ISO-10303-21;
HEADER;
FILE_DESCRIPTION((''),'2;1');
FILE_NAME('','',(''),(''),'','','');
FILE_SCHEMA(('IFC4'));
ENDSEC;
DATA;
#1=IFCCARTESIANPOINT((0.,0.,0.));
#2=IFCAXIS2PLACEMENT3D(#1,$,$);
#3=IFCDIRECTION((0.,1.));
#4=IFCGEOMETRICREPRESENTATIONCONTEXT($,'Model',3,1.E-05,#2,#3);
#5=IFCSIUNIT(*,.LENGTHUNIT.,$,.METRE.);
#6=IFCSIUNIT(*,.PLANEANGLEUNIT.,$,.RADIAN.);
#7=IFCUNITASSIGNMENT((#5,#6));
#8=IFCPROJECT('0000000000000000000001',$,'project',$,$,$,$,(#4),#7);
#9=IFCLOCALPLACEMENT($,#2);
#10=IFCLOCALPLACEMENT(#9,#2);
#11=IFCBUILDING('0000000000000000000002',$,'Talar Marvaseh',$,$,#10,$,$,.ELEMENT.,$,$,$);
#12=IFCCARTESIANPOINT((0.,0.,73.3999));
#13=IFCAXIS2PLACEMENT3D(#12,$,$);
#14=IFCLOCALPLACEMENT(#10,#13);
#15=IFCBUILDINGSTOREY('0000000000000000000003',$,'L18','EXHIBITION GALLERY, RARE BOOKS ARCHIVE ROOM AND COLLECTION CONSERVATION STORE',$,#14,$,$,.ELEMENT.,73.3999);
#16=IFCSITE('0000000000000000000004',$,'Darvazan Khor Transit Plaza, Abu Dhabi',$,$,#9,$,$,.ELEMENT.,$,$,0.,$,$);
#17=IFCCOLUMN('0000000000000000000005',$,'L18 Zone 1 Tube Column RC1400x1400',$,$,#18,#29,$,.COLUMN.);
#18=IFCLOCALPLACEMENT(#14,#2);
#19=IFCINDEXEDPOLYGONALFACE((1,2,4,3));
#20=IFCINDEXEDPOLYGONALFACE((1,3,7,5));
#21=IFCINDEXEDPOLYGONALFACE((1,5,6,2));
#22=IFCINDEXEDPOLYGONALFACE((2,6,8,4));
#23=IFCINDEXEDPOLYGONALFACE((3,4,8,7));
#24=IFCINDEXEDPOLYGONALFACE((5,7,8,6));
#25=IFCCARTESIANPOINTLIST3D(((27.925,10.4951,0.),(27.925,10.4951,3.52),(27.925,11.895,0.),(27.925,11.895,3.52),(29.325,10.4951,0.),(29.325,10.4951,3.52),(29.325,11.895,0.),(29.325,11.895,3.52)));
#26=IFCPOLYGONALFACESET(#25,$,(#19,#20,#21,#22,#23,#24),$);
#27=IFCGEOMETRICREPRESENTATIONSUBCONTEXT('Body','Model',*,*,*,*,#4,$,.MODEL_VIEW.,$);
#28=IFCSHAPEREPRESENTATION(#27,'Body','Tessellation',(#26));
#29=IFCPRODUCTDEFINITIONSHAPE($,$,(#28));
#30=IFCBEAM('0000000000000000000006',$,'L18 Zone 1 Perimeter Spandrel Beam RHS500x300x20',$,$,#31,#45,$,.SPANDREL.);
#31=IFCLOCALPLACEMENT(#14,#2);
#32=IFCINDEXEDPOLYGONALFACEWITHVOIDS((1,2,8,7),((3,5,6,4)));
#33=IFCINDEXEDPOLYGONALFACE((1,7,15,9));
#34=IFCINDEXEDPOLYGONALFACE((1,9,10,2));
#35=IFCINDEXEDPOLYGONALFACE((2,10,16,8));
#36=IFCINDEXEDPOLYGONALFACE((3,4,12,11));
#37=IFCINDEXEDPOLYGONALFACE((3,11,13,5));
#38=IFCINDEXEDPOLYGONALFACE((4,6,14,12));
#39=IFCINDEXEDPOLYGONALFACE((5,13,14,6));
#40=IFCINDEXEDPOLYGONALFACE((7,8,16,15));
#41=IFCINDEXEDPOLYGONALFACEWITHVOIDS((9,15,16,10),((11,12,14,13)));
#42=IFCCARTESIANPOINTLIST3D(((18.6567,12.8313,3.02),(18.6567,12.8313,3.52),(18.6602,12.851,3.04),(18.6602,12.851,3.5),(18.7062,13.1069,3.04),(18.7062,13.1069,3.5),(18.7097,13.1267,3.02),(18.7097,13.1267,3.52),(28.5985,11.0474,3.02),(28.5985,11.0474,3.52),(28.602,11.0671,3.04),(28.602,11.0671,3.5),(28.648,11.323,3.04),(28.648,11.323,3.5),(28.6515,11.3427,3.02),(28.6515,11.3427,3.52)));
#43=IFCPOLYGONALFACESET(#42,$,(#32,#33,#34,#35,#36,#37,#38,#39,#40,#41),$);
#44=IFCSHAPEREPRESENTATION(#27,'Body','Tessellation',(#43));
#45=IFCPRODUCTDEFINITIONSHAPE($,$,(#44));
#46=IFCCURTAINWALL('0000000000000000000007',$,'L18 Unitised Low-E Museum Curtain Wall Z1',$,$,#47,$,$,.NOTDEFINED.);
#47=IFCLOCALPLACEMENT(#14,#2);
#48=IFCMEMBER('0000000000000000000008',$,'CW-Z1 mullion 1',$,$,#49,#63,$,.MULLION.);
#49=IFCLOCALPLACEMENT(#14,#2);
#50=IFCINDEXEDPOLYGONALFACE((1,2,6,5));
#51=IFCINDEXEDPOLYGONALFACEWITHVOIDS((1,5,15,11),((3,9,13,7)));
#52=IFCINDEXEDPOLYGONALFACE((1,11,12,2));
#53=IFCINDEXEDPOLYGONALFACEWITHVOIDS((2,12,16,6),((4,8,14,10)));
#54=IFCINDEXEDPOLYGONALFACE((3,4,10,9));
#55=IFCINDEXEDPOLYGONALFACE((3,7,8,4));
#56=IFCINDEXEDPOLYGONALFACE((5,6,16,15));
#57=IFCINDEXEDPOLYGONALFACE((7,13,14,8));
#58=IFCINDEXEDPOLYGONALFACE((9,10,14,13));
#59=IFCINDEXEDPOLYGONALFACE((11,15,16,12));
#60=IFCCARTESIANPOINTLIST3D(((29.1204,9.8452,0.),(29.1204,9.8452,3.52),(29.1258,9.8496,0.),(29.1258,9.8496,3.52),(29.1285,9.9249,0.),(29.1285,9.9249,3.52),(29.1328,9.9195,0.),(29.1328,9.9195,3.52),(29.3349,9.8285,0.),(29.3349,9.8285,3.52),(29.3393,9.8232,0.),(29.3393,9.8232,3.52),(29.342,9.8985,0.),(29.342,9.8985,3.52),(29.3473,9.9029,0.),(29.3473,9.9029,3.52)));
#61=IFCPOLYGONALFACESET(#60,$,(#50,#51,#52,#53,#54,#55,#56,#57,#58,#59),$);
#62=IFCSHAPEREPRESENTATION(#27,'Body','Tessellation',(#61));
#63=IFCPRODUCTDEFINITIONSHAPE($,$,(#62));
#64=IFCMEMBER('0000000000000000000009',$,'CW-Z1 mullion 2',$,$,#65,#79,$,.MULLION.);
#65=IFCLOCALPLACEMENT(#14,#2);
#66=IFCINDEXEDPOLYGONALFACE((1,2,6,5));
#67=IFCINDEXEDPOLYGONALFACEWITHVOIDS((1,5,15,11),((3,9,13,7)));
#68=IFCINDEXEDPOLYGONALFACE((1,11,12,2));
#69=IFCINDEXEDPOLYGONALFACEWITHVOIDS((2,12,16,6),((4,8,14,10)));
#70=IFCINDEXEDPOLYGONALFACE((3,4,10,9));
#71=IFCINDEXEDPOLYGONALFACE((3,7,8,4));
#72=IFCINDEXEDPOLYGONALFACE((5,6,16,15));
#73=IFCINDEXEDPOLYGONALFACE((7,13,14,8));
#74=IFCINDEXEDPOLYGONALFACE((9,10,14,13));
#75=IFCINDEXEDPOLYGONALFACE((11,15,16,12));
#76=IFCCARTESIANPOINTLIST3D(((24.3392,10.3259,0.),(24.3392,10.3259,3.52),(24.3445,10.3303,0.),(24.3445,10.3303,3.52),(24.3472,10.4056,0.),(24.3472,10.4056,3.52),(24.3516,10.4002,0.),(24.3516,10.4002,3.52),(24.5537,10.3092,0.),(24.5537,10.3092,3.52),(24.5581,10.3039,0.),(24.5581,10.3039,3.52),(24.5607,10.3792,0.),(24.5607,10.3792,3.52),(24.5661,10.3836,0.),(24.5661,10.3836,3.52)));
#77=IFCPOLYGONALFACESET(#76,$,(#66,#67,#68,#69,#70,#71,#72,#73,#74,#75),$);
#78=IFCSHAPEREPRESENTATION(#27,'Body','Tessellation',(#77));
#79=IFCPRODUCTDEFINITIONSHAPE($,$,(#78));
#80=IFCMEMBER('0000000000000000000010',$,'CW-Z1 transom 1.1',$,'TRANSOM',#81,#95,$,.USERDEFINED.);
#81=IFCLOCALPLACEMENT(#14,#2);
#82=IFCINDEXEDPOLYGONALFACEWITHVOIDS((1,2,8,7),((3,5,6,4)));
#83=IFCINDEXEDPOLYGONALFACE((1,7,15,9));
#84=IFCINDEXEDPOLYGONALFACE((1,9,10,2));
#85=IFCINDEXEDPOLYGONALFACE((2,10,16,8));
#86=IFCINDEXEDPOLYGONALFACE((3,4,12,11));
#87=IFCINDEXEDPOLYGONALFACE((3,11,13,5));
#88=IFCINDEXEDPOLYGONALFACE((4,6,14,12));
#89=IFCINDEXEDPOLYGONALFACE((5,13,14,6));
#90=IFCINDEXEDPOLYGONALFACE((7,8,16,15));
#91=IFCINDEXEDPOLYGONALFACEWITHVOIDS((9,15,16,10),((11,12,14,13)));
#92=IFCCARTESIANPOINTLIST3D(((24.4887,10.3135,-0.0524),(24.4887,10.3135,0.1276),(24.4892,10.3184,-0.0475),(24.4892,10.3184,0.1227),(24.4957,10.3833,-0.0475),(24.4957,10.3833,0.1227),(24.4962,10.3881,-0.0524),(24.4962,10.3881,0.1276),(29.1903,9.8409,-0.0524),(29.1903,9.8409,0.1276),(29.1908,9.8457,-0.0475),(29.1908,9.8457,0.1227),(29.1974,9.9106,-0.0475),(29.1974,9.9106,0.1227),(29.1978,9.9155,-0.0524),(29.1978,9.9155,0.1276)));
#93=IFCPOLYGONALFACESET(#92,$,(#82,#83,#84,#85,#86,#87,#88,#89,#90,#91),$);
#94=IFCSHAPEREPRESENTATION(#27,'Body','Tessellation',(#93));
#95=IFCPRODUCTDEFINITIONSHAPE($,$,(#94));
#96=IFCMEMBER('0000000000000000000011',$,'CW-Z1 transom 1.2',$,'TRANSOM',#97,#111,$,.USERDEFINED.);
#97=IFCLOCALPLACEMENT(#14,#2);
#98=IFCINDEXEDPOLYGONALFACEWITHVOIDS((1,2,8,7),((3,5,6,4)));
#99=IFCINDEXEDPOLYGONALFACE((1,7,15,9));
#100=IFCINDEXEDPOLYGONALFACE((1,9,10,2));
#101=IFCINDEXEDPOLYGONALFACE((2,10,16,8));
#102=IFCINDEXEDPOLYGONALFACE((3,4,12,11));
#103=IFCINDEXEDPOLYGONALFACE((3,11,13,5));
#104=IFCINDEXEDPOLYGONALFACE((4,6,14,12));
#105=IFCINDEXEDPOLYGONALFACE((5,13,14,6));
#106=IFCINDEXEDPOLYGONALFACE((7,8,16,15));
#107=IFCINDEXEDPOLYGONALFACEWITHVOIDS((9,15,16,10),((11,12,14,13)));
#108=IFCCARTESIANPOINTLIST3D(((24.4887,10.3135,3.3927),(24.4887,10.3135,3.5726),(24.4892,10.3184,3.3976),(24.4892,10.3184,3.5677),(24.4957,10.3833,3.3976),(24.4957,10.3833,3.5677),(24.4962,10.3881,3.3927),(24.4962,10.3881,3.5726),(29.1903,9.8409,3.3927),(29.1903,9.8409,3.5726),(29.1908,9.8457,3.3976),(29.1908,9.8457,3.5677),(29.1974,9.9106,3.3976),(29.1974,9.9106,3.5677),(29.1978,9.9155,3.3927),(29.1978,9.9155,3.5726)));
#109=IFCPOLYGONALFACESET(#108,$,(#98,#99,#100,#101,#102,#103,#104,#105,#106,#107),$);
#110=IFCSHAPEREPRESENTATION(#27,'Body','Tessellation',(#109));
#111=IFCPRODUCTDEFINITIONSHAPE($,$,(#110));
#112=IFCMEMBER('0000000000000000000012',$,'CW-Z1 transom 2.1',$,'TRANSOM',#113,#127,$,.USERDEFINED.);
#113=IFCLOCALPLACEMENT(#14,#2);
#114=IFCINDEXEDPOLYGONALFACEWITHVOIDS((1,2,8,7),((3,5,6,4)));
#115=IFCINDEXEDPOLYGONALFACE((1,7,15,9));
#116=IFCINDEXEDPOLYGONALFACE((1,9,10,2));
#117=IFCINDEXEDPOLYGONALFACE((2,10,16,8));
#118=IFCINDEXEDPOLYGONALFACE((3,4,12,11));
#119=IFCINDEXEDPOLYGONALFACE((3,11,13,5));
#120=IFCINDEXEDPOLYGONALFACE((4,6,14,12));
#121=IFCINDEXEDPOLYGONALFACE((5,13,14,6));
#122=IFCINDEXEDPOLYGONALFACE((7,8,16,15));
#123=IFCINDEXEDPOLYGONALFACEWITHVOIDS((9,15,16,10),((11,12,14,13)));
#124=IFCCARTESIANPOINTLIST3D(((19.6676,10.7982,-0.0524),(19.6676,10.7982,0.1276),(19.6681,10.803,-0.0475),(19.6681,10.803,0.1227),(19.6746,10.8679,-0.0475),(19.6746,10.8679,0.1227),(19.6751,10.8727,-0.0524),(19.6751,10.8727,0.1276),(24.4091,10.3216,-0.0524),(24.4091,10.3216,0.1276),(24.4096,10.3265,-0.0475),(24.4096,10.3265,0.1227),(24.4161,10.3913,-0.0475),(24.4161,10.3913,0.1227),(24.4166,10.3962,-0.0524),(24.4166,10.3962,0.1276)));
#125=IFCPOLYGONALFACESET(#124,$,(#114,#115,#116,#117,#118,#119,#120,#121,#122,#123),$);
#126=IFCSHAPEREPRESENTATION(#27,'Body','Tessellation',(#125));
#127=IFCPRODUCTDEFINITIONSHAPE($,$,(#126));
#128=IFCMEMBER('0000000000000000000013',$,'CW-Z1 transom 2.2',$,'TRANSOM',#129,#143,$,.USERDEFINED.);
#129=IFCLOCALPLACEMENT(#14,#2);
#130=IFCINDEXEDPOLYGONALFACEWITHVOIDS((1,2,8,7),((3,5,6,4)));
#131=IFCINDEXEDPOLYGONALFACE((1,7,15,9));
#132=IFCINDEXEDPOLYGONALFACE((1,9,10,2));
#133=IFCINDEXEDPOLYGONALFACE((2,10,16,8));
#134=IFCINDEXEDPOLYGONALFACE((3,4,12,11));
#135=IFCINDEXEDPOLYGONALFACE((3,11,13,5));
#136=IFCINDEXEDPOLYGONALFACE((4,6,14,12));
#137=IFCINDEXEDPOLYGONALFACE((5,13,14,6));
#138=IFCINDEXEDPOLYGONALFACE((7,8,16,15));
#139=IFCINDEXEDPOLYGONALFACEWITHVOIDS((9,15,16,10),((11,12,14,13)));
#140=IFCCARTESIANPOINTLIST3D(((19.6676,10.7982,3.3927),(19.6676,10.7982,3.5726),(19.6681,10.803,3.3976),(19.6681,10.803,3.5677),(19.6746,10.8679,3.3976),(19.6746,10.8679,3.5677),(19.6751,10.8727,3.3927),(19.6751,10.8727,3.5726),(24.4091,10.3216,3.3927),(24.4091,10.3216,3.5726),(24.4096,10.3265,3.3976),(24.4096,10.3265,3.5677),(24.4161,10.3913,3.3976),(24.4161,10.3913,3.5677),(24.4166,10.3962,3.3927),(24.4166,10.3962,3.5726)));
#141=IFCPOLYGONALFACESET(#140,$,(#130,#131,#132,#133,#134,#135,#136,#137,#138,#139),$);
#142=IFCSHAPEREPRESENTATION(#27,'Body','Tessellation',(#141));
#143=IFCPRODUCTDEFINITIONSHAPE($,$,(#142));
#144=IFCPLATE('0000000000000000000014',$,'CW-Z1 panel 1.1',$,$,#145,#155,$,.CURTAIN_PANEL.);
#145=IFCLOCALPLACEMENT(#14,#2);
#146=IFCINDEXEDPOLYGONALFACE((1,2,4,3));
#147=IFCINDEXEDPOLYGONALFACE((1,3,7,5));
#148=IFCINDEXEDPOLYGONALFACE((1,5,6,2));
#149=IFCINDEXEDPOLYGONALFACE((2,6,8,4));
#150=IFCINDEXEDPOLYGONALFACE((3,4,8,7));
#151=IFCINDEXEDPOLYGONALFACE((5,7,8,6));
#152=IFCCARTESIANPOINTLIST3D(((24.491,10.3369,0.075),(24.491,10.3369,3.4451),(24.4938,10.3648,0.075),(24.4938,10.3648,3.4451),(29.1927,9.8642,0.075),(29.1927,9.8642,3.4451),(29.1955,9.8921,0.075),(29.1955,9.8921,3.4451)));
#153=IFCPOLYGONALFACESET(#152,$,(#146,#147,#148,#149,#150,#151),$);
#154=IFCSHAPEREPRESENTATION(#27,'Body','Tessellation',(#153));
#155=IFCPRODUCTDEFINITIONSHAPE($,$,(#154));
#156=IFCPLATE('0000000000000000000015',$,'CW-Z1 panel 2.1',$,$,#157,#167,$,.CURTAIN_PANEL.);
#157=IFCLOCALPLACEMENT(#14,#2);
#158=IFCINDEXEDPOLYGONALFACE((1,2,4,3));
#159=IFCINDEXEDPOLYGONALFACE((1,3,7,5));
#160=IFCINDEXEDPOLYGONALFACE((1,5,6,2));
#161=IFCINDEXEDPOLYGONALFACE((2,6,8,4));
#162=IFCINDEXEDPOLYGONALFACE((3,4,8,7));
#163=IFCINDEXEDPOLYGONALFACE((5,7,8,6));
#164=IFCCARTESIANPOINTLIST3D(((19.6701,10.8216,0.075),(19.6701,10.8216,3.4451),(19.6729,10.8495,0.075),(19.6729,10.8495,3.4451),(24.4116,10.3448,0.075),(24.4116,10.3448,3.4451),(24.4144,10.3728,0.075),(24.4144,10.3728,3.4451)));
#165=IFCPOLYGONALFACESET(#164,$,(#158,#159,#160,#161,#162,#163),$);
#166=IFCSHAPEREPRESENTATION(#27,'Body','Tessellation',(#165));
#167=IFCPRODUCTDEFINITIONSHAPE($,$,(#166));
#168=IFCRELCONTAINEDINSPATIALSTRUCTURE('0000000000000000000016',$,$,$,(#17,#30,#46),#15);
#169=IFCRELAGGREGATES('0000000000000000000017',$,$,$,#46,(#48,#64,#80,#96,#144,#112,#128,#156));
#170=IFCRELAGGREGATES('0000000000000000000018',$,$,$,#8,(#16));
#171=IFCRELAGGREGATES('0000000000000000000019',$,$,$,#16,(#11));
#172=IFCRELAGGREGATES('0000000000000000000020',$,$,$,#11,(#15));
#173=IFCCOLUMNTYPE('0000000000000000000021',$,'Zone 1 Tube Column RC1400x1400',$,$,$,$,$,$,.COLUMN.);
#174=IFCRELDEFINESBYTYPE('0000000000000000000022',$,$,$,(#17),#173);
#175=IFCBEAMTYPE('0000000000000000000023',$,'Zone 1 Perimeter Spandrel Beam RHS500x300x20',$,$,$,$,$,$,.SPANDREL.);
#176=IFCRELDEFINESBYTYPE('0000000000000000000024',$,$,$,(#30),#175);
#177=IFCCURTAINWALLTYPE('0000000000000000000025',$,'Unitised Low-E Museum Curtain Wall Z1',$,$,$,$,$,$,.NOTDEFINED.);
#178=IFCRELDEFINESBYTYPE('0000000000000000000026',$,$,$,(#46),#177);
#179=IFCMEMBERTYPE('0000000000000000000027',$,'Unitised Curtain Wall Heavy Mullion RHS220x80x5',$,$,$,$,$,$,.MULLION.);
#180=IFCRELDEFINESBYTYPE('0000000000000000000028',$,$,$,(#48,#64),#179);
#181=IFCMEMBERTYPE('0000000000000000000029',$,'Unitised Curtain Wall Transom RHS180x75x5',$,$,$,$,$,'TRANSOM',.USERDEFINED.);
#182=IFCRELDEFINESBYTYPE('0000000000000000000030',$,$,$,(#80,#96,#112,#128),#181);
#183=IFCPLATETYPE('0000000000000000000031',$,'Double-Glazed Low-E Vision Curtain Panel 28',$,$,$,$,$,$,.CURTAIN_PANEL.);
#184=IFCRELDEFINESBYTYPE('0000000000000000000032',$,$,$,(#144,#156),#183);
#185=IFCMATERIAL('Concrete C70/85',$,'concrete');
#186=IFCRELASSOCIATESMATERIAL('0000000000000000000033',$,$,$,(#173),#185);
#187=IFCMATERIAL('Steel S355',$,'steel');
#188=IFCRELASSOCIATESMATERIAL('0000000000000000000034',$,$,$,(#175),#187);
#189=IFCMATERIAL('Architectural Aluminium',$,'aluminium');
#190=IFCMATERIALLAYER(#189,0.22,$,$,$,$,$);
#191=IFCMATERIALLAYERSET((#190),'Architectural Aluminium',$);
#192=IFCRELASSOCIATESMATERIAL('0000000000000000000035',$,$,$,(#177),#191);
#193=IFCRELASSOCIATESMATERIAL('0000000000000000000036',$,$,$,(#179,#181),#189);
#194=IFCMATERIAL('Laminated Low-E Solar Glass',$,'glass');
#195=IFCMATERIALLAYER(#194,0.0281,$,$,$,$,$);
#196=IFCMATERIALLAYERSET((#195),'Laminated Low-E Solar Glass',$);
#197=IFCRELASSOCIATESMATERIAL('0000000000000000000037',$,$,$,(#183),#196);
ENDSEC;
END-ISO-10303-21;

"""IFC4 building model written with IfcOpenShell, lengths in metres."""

from ifc_helpers import new_model, si_unit, direction, frame, origin, origin_2d, place, context, subcontext, project, spatial, rectangle, hollow_rectangle, extrude, source, transform, mapped, material, layer, layer_set, material_profile, profile_set, type_object, type_shapes, element, aggregate, save


model = new_model("IFC4")

# Units and contexts
model_context = context("Model", 3, precision=1e-05, world=origin(), true_north=direction((0.0, 1.0)))
body_context = subcontext(model_context, "Body", "Model", "MODEL_VIEW")
ifc_project = project(units=[si_unit("LENGTHUNIT", "METRE"), si_unit("PLANEANGLEUNIT", "RADIAN")], contexts=[model_context])

# Site, building, storey
site_placement = place(None, origin())
site = spatial("IfcSite", under=ifc_project, at=site_placement, Name="Darvazan Khor Transit Plaza, Abu Dhabi", CompositionType="ELEMENT", RefElevation=0.0)
building_placement = place(site_placement, origin())
building = spatial("IfcBuilding", under=site, at=building_placement, Name="Talar Marvaseh", CompositionType="ELEMENT")
storey_placement = place(building_placement, frame((0.0, 0.0, 73.3999)))
storey = spatial("IfcBuildingStorey", under=building, at=storey_placement, Name="L18", Description="EXHIBITION GALLERY, RARE BOOKS ARCHIVE ROOM AND COLLECTION CONSERVATION STORE", CompositionType="ELEMENT", Elevation=73.3999)

# Column
ifc_material_1 = material(Name="Concrete C70/85", Category="concrete")
ifc_material_profile_1 = material_profile(ifc_material_1, rectangle(XDim=1.3999, YDim=1.3999, at=origin_2d()), Name="RC1400x1400")
ifc_profile_set_1 = profile_set([ifc_material_profile_1], Name="Concrete C70/85")
column_type = type_object("IfcColumnType", Name="Zone 1 Tube Column RC1400x1400", PredefinedType="COLUMN", material=ifc_profile_set_1)
column_placement = place(storey_placement, frame((28.625, 11.1951, 0.0), z_axis=(0.0, 0.0, 1.0), x_axis=(1.0, 0.0, 0.0)))
element("IfcColumn", 1, at=column_placement, inside=storey, type_object=column_type, Name="L18 Zone 1 Tube Column RC1400x1400", PredefinedType="COLUMN", context=body_context, shape_type="SweptSolid", body=[
    extrude(rectangle(XDim=1.3999, YDim=1.3999, at=origin_2d()), origin(), (0.0, 0.0, 1.0), 3.52),
])

# Beam
ifc_material_2 = material(Name="Steel S355", Category="steel")
ifc_material_profile_2 = material_profile(ifc_material_2, hollow_rectangle(XDim=0.3, YDim=0.5, WallThickness=0.02, at=origin_2d()), Name="RHS500x300x20")
ifc_profile_set_2 = profile_set([ifc_material_profile_2], Name="Steel S355")
beam_type = type_object("IfcBeamType", Name="Zone 1 Perimeter Spandrel Beam RHS500x300x20", PredefinedType="SPANDREL", material=ifc_profile_set_2)
beam_placement = place(storey_placement, frame((28.625, 11.1951, 3.27), z_axis=(-0.98428, 0.176615, 0.0), x_axis=(-0.176615, -0.98428, 0.0)))
element("IfcBeam", 2, at=beam_placement, inside=storey, type_object=beam_type, Name="L18 Zone 1 Perimeter Spandrel Beam RHS500x300x20", PredefinedType="SPANDREL", context=body_context, shape_type="SweptSolid", body=[
    extrude(hollow_rectangle(XDim=0.3, YDim=0.5, WallThickness=0.02, at=origin_2d()), origin(), (0.0, 0.0, 1.0), 10.1006),
])

# Curtain wall, members, plates
ifc_material_3 = material(Name="Architectural Aluminium", Category="aluminium")
ifc_layer_1 = layer(ifc_material_3, 0.22)
ifc_layer_set_1 = layer_set([ifc_layer_1], Name="Architectural Aluminium")
curtain_wall_type = type_object("IfcCurtainWallType", Name="Unitised Low-E Museum Curtain Wall Z1", PredefinedType="NOTDEFINED", material=ifc_layer_set_1)
curtain_wall_placement = place(storey_placement, origin())
curtain_wall = element("IfcCurtainWall", 3, at=curtain_wall_placement, inside=storey, type_object=curtain_wall_type, Name="L18 Unitised Low-E Museum Curtain Wall Z1", PredefinedType="NOTDEFINED")
ifc_material_profile_3 = material_profile(ifc_material_3, hollow_rectangle(XDim=0.0801, YDim=0.22, WallThickness=0.0049, at=origin_2d()), Name="RHS220x80x5")
ifc_profile_set_3 = profile_set([ifc_material_profile_3], Name="Architectural Aluminium")
member_type_1 = type_object("IfcMemberType", Name="Unitised Curtain Wall Heavy Mullion RHS220x80x5", PredefinedType="MULLION", material=ifc_profile_set_3)
shared_shape_1 = source(origin(), body_context, "Body", "SweptSolid", [
    extrude(hollow_rectangle(XDim=0.0801, YDim=0.22, WallThickness=0.0049, at=origin_2d()), origin(), (0.0, 0.0, 1.0), 3.52),
])
type_shapes(member_type_1, [shared_shape_1])
member_1_placement = place(storey_placement, frame((29.2339, 9.874, 0.0), z_axis=(0.0, 0.0, 1.0), x_axis=(-0.100034, -0.994984, 0.0)))
member_1 = element("IfcMember", 4, at=member_1_placement, type_object=member_type_1, Name="CW-Z1 mullion 1", PredefinedType="MULLION", context=body_context, shape_type="MappedRepresentation", body=[
    mapped(shared_shape_1, transform((0.0, 0.0, 0.0), x_axis=(1.0, 0.0, 0.0), y_axis=(0.0, 1.0, 0.0), z_axis=(0.0, 0.0, 1.0), scale=1.0)),
])
member_2_placement = place(storey_placement, frame((24.4526, 10.3547, 0.0), z_axis=(0.0, 0.0, 1.0), x_axis=(-0.100034, -0.994984, 0.0)))
member_2 = element("IfcMember", 5, at=member_2_placement, type_object=member_type_1, Name="CW-Z1 mullion 2", PredefinedType="MULLION", context=body_context, shape_type="MappedRepresentation", body=[
    mapped(shared_shape_1, transform((0.0, 0.0, 0.0), x_axis=(1.0, 0.0, 0.0), y_axis=(0.0, 1.0, 0.0), z_axis=(0.0, 0.0, 1.0), scale=1.0)),
])
ifc_material_profile_4 = material_profile(ifc_material_3, hollow_rectangle(XDim=0.075, YDim=0.1799, WallThickness=0.0049, at=origin_2d()), Name="RHS180x75x5")
ifc_profile_set_4 = profile_set([ifc_material_profile_4], Name="Architectural Aluminium")
member_type_2 = type_object("IfcMemberType", Name="Unitised Curtain Wall Transom RHS180x75x5", ElementType="TRANSOM", PredefinedType="USERDEFINED", material=ifc_profile_set_4)
shared_shape_2 = source(origin(), body_context, "Body", "SweptSolid", [
    extrude(hollow_rectangle(XDim=0.075, YDim=0.1799, WallThickness=0.0049, at=origin_2d()), origin(), (0.0, 0.0, 1.0), 4.7253),
])
member_3_placement = place(storey_placement, frame((29.1941, 9.8782, 0.0376), z_axis=(-0.994985, 0.100025, 0.0), x_axis=(-0.100025, -0.994985, 0.0)))
member_3 = element("IfcMember", 6, at=member_3_placement, type_object=member_type_2, Name="CW-Z1 transom 1.1", ObjectType="TRANSOM", PredefinedType="USERDEFINED", context=body_context, shape_type="MappedRepresentation", body=[
    mapped(shared_shape_2, transform((0.0, 0.0, 0.0), x_axis=(1.0, 0.0, 0.0), y_axis=(0.0, 1.0, 0.0), z_axis=(0.0, 0.0, 1.0), scale=1.0)),
])
member_4_placement = place(storey_placement, frame((29.1941, 9.8782, 3.4827), z_axis=(-0.994985, 0.100025, 0.0), x_axis=(-0.100025, -0.994985, 0.0)))
member_4 = element("IfcMember", 7, at=member_4_placement, type_object=member_type_2, Name="CW-Z1 transom 1.2", ObjectType="TRANSOM", PredefinedType="USERDEFINED", context=body_context, shape_type="MappedRepresentation", body=[
    mapped(shared_shape_2, transform((0.0, 0.0, 0.0), x_axis=(1.0, 0.0, 0.0), y_axis=(0.0, 1.0, 0.0), z_axis=(0.0, 0.0, 1.0), scale=1.0)),
])
shared_shape_3 = source(origin(), body_context, "Body", "SweptSolid", [
    extrude(hollow_rectangle(XDim=0.075, YDim=0.1799, WallThickness=0.0049, at=origin_2d()), origin(), (0.0, 0.0, 1.0), 4.7654),
])
type_shapes(member_type_2, [shared_shape_2, shared_shape_3])
member_5_placement = place(storey_placement, frame((24.4128, 10.3589, 0.0376), z_axis=(-0.994987, 0.100006, 0.0), x_axis=(-0.100006, -0.994987, 0.0)))
member_5 = element("IfcMember", 8, at=member_5_placement, type_object=member_type_2, Name="CW-Z1 transom 2.1", ObjectType="TRANSOM", PredefinedType="USERDEFINED", context=body_context, shape_type="MappedRepresentation", body=[
    mapped(shared_shape_3, transform((0.0, 0.0, 0.0), x_axis=(1.0, 0.0, 0.0), y_axis=(0.0, 1.0, 0.0), z_axis=(0.0, 0.0, 1.0), scale=1.0)),
])
member_6_placement = place(storey_placement, frame((24.4128, 10.3589, 3.4827), z_axis=(-0.994987, 0.100006, 0.0), x_axis=(-0.100006, -0.994987, 0.0)))
member_6 = element("IfcMember", 9, at=member_6_placement, type_object=member_type_2, Name="CW-Z1 transom 2.2", ObjectType="TRANSOM", PredefinedType="USERDEFINED", context=body_context, shape_type="MappedRepresentation", body=[
    mapped(shared_shape_3, transform((0.0, 0.0, 0.0), x_axis=(1.0, 0.0, 0.0), y_axis=(0.0, 1.0, 0.0), z_axis=(0.0, 0.0, 1.0), scale=1.0)),
])
ifc_material_4 = material(Name="Laminated Low-E Solar Glass", Category="glass")
ifc_layer_2 = layer(ifc_material_4, 0.0281)
ifc_layer_set_2 = layer_set([ifc_layer_2], Name="Laminated Low-E Solar Glass")
plate_type = type_object("IfcPlateType", Name="Double-Glazed Low-E Vision Curtain Panel 28", PredefinedType="CURTAIN_PANEL", material=ifc_layer_set_2)
shared_shape_4 = source(origin(), body_context, "Body", "SweptSolid", [
    extrude(rectangle(XDim=4.7253, YDim=0.0281, at=origin_2d()), origin(), (0.0, 0.0, 1.0), 3.3701),
])
plate_1_placement = place(storey_placement, frame((26.8433, 10.1145, 0.075), z_axis=(0.0, 0.0, 1.0), x_axis=(-0.994984, 0.100034, 0.0)))
plate_1 = element("IfcPlate", 10, at=plate_1_placement, type_object=plate_type, Name="CW-Z1 panel 1.1", PredefinedType="CURTAIN_PANEL", context=body_context, shape_type="MappedRepresentation", body=[
    mapped(shared_shape_4, transform((0.0, 0.0, 0.0), x_axis=(1.0, 0.0, 0.0), y_axis=(0.0, 1.0, 0.0), z_axis=(0.0, 0.0, 1.0), scale=1.0)),
])
shared_shape_5 = source(origin(), body_context, "Body", "SweptSolid", [
    extrude(rectangle(XDim=4.7654, YDim=0.0281, at=origin_2d()), origin(), (0.0, 0.0, 1.0), 3.3701),
])
type_shapes(plate_type, [shared_shape_4, shared_shape_5])
plate_2_placement = place(storey_placement, frame((22.0422, 10.5972, 0.075), z_axis=(0.0, 0.0, 1.0), x_axis=(-0.994984, 0.100034, 0.0)))
plate_2 = element("IfcPlate", 11, at=plate_2_placement, type_object=plate_type, Name="CW-Z1 panel 2.1", PredefinedType="CURTAIN_PANEL", context=body_context, shape_type="MappedRepresentation", body=[
    mapped(shared_shape_5, transform((0.0, 0.0, 0.0), x_axis=(1.0, 0.0, 0.0), y_axis=(0.0, 1.0, 0.0), z_axis=(0.0, 0.0, 1.0), scale=1.0)),
])
aggregate(curtain_wall, [member_1, member_2, member_3, member_4, plate_1, member_5, member_6, plate_2])

save(model, "model.ifc")
